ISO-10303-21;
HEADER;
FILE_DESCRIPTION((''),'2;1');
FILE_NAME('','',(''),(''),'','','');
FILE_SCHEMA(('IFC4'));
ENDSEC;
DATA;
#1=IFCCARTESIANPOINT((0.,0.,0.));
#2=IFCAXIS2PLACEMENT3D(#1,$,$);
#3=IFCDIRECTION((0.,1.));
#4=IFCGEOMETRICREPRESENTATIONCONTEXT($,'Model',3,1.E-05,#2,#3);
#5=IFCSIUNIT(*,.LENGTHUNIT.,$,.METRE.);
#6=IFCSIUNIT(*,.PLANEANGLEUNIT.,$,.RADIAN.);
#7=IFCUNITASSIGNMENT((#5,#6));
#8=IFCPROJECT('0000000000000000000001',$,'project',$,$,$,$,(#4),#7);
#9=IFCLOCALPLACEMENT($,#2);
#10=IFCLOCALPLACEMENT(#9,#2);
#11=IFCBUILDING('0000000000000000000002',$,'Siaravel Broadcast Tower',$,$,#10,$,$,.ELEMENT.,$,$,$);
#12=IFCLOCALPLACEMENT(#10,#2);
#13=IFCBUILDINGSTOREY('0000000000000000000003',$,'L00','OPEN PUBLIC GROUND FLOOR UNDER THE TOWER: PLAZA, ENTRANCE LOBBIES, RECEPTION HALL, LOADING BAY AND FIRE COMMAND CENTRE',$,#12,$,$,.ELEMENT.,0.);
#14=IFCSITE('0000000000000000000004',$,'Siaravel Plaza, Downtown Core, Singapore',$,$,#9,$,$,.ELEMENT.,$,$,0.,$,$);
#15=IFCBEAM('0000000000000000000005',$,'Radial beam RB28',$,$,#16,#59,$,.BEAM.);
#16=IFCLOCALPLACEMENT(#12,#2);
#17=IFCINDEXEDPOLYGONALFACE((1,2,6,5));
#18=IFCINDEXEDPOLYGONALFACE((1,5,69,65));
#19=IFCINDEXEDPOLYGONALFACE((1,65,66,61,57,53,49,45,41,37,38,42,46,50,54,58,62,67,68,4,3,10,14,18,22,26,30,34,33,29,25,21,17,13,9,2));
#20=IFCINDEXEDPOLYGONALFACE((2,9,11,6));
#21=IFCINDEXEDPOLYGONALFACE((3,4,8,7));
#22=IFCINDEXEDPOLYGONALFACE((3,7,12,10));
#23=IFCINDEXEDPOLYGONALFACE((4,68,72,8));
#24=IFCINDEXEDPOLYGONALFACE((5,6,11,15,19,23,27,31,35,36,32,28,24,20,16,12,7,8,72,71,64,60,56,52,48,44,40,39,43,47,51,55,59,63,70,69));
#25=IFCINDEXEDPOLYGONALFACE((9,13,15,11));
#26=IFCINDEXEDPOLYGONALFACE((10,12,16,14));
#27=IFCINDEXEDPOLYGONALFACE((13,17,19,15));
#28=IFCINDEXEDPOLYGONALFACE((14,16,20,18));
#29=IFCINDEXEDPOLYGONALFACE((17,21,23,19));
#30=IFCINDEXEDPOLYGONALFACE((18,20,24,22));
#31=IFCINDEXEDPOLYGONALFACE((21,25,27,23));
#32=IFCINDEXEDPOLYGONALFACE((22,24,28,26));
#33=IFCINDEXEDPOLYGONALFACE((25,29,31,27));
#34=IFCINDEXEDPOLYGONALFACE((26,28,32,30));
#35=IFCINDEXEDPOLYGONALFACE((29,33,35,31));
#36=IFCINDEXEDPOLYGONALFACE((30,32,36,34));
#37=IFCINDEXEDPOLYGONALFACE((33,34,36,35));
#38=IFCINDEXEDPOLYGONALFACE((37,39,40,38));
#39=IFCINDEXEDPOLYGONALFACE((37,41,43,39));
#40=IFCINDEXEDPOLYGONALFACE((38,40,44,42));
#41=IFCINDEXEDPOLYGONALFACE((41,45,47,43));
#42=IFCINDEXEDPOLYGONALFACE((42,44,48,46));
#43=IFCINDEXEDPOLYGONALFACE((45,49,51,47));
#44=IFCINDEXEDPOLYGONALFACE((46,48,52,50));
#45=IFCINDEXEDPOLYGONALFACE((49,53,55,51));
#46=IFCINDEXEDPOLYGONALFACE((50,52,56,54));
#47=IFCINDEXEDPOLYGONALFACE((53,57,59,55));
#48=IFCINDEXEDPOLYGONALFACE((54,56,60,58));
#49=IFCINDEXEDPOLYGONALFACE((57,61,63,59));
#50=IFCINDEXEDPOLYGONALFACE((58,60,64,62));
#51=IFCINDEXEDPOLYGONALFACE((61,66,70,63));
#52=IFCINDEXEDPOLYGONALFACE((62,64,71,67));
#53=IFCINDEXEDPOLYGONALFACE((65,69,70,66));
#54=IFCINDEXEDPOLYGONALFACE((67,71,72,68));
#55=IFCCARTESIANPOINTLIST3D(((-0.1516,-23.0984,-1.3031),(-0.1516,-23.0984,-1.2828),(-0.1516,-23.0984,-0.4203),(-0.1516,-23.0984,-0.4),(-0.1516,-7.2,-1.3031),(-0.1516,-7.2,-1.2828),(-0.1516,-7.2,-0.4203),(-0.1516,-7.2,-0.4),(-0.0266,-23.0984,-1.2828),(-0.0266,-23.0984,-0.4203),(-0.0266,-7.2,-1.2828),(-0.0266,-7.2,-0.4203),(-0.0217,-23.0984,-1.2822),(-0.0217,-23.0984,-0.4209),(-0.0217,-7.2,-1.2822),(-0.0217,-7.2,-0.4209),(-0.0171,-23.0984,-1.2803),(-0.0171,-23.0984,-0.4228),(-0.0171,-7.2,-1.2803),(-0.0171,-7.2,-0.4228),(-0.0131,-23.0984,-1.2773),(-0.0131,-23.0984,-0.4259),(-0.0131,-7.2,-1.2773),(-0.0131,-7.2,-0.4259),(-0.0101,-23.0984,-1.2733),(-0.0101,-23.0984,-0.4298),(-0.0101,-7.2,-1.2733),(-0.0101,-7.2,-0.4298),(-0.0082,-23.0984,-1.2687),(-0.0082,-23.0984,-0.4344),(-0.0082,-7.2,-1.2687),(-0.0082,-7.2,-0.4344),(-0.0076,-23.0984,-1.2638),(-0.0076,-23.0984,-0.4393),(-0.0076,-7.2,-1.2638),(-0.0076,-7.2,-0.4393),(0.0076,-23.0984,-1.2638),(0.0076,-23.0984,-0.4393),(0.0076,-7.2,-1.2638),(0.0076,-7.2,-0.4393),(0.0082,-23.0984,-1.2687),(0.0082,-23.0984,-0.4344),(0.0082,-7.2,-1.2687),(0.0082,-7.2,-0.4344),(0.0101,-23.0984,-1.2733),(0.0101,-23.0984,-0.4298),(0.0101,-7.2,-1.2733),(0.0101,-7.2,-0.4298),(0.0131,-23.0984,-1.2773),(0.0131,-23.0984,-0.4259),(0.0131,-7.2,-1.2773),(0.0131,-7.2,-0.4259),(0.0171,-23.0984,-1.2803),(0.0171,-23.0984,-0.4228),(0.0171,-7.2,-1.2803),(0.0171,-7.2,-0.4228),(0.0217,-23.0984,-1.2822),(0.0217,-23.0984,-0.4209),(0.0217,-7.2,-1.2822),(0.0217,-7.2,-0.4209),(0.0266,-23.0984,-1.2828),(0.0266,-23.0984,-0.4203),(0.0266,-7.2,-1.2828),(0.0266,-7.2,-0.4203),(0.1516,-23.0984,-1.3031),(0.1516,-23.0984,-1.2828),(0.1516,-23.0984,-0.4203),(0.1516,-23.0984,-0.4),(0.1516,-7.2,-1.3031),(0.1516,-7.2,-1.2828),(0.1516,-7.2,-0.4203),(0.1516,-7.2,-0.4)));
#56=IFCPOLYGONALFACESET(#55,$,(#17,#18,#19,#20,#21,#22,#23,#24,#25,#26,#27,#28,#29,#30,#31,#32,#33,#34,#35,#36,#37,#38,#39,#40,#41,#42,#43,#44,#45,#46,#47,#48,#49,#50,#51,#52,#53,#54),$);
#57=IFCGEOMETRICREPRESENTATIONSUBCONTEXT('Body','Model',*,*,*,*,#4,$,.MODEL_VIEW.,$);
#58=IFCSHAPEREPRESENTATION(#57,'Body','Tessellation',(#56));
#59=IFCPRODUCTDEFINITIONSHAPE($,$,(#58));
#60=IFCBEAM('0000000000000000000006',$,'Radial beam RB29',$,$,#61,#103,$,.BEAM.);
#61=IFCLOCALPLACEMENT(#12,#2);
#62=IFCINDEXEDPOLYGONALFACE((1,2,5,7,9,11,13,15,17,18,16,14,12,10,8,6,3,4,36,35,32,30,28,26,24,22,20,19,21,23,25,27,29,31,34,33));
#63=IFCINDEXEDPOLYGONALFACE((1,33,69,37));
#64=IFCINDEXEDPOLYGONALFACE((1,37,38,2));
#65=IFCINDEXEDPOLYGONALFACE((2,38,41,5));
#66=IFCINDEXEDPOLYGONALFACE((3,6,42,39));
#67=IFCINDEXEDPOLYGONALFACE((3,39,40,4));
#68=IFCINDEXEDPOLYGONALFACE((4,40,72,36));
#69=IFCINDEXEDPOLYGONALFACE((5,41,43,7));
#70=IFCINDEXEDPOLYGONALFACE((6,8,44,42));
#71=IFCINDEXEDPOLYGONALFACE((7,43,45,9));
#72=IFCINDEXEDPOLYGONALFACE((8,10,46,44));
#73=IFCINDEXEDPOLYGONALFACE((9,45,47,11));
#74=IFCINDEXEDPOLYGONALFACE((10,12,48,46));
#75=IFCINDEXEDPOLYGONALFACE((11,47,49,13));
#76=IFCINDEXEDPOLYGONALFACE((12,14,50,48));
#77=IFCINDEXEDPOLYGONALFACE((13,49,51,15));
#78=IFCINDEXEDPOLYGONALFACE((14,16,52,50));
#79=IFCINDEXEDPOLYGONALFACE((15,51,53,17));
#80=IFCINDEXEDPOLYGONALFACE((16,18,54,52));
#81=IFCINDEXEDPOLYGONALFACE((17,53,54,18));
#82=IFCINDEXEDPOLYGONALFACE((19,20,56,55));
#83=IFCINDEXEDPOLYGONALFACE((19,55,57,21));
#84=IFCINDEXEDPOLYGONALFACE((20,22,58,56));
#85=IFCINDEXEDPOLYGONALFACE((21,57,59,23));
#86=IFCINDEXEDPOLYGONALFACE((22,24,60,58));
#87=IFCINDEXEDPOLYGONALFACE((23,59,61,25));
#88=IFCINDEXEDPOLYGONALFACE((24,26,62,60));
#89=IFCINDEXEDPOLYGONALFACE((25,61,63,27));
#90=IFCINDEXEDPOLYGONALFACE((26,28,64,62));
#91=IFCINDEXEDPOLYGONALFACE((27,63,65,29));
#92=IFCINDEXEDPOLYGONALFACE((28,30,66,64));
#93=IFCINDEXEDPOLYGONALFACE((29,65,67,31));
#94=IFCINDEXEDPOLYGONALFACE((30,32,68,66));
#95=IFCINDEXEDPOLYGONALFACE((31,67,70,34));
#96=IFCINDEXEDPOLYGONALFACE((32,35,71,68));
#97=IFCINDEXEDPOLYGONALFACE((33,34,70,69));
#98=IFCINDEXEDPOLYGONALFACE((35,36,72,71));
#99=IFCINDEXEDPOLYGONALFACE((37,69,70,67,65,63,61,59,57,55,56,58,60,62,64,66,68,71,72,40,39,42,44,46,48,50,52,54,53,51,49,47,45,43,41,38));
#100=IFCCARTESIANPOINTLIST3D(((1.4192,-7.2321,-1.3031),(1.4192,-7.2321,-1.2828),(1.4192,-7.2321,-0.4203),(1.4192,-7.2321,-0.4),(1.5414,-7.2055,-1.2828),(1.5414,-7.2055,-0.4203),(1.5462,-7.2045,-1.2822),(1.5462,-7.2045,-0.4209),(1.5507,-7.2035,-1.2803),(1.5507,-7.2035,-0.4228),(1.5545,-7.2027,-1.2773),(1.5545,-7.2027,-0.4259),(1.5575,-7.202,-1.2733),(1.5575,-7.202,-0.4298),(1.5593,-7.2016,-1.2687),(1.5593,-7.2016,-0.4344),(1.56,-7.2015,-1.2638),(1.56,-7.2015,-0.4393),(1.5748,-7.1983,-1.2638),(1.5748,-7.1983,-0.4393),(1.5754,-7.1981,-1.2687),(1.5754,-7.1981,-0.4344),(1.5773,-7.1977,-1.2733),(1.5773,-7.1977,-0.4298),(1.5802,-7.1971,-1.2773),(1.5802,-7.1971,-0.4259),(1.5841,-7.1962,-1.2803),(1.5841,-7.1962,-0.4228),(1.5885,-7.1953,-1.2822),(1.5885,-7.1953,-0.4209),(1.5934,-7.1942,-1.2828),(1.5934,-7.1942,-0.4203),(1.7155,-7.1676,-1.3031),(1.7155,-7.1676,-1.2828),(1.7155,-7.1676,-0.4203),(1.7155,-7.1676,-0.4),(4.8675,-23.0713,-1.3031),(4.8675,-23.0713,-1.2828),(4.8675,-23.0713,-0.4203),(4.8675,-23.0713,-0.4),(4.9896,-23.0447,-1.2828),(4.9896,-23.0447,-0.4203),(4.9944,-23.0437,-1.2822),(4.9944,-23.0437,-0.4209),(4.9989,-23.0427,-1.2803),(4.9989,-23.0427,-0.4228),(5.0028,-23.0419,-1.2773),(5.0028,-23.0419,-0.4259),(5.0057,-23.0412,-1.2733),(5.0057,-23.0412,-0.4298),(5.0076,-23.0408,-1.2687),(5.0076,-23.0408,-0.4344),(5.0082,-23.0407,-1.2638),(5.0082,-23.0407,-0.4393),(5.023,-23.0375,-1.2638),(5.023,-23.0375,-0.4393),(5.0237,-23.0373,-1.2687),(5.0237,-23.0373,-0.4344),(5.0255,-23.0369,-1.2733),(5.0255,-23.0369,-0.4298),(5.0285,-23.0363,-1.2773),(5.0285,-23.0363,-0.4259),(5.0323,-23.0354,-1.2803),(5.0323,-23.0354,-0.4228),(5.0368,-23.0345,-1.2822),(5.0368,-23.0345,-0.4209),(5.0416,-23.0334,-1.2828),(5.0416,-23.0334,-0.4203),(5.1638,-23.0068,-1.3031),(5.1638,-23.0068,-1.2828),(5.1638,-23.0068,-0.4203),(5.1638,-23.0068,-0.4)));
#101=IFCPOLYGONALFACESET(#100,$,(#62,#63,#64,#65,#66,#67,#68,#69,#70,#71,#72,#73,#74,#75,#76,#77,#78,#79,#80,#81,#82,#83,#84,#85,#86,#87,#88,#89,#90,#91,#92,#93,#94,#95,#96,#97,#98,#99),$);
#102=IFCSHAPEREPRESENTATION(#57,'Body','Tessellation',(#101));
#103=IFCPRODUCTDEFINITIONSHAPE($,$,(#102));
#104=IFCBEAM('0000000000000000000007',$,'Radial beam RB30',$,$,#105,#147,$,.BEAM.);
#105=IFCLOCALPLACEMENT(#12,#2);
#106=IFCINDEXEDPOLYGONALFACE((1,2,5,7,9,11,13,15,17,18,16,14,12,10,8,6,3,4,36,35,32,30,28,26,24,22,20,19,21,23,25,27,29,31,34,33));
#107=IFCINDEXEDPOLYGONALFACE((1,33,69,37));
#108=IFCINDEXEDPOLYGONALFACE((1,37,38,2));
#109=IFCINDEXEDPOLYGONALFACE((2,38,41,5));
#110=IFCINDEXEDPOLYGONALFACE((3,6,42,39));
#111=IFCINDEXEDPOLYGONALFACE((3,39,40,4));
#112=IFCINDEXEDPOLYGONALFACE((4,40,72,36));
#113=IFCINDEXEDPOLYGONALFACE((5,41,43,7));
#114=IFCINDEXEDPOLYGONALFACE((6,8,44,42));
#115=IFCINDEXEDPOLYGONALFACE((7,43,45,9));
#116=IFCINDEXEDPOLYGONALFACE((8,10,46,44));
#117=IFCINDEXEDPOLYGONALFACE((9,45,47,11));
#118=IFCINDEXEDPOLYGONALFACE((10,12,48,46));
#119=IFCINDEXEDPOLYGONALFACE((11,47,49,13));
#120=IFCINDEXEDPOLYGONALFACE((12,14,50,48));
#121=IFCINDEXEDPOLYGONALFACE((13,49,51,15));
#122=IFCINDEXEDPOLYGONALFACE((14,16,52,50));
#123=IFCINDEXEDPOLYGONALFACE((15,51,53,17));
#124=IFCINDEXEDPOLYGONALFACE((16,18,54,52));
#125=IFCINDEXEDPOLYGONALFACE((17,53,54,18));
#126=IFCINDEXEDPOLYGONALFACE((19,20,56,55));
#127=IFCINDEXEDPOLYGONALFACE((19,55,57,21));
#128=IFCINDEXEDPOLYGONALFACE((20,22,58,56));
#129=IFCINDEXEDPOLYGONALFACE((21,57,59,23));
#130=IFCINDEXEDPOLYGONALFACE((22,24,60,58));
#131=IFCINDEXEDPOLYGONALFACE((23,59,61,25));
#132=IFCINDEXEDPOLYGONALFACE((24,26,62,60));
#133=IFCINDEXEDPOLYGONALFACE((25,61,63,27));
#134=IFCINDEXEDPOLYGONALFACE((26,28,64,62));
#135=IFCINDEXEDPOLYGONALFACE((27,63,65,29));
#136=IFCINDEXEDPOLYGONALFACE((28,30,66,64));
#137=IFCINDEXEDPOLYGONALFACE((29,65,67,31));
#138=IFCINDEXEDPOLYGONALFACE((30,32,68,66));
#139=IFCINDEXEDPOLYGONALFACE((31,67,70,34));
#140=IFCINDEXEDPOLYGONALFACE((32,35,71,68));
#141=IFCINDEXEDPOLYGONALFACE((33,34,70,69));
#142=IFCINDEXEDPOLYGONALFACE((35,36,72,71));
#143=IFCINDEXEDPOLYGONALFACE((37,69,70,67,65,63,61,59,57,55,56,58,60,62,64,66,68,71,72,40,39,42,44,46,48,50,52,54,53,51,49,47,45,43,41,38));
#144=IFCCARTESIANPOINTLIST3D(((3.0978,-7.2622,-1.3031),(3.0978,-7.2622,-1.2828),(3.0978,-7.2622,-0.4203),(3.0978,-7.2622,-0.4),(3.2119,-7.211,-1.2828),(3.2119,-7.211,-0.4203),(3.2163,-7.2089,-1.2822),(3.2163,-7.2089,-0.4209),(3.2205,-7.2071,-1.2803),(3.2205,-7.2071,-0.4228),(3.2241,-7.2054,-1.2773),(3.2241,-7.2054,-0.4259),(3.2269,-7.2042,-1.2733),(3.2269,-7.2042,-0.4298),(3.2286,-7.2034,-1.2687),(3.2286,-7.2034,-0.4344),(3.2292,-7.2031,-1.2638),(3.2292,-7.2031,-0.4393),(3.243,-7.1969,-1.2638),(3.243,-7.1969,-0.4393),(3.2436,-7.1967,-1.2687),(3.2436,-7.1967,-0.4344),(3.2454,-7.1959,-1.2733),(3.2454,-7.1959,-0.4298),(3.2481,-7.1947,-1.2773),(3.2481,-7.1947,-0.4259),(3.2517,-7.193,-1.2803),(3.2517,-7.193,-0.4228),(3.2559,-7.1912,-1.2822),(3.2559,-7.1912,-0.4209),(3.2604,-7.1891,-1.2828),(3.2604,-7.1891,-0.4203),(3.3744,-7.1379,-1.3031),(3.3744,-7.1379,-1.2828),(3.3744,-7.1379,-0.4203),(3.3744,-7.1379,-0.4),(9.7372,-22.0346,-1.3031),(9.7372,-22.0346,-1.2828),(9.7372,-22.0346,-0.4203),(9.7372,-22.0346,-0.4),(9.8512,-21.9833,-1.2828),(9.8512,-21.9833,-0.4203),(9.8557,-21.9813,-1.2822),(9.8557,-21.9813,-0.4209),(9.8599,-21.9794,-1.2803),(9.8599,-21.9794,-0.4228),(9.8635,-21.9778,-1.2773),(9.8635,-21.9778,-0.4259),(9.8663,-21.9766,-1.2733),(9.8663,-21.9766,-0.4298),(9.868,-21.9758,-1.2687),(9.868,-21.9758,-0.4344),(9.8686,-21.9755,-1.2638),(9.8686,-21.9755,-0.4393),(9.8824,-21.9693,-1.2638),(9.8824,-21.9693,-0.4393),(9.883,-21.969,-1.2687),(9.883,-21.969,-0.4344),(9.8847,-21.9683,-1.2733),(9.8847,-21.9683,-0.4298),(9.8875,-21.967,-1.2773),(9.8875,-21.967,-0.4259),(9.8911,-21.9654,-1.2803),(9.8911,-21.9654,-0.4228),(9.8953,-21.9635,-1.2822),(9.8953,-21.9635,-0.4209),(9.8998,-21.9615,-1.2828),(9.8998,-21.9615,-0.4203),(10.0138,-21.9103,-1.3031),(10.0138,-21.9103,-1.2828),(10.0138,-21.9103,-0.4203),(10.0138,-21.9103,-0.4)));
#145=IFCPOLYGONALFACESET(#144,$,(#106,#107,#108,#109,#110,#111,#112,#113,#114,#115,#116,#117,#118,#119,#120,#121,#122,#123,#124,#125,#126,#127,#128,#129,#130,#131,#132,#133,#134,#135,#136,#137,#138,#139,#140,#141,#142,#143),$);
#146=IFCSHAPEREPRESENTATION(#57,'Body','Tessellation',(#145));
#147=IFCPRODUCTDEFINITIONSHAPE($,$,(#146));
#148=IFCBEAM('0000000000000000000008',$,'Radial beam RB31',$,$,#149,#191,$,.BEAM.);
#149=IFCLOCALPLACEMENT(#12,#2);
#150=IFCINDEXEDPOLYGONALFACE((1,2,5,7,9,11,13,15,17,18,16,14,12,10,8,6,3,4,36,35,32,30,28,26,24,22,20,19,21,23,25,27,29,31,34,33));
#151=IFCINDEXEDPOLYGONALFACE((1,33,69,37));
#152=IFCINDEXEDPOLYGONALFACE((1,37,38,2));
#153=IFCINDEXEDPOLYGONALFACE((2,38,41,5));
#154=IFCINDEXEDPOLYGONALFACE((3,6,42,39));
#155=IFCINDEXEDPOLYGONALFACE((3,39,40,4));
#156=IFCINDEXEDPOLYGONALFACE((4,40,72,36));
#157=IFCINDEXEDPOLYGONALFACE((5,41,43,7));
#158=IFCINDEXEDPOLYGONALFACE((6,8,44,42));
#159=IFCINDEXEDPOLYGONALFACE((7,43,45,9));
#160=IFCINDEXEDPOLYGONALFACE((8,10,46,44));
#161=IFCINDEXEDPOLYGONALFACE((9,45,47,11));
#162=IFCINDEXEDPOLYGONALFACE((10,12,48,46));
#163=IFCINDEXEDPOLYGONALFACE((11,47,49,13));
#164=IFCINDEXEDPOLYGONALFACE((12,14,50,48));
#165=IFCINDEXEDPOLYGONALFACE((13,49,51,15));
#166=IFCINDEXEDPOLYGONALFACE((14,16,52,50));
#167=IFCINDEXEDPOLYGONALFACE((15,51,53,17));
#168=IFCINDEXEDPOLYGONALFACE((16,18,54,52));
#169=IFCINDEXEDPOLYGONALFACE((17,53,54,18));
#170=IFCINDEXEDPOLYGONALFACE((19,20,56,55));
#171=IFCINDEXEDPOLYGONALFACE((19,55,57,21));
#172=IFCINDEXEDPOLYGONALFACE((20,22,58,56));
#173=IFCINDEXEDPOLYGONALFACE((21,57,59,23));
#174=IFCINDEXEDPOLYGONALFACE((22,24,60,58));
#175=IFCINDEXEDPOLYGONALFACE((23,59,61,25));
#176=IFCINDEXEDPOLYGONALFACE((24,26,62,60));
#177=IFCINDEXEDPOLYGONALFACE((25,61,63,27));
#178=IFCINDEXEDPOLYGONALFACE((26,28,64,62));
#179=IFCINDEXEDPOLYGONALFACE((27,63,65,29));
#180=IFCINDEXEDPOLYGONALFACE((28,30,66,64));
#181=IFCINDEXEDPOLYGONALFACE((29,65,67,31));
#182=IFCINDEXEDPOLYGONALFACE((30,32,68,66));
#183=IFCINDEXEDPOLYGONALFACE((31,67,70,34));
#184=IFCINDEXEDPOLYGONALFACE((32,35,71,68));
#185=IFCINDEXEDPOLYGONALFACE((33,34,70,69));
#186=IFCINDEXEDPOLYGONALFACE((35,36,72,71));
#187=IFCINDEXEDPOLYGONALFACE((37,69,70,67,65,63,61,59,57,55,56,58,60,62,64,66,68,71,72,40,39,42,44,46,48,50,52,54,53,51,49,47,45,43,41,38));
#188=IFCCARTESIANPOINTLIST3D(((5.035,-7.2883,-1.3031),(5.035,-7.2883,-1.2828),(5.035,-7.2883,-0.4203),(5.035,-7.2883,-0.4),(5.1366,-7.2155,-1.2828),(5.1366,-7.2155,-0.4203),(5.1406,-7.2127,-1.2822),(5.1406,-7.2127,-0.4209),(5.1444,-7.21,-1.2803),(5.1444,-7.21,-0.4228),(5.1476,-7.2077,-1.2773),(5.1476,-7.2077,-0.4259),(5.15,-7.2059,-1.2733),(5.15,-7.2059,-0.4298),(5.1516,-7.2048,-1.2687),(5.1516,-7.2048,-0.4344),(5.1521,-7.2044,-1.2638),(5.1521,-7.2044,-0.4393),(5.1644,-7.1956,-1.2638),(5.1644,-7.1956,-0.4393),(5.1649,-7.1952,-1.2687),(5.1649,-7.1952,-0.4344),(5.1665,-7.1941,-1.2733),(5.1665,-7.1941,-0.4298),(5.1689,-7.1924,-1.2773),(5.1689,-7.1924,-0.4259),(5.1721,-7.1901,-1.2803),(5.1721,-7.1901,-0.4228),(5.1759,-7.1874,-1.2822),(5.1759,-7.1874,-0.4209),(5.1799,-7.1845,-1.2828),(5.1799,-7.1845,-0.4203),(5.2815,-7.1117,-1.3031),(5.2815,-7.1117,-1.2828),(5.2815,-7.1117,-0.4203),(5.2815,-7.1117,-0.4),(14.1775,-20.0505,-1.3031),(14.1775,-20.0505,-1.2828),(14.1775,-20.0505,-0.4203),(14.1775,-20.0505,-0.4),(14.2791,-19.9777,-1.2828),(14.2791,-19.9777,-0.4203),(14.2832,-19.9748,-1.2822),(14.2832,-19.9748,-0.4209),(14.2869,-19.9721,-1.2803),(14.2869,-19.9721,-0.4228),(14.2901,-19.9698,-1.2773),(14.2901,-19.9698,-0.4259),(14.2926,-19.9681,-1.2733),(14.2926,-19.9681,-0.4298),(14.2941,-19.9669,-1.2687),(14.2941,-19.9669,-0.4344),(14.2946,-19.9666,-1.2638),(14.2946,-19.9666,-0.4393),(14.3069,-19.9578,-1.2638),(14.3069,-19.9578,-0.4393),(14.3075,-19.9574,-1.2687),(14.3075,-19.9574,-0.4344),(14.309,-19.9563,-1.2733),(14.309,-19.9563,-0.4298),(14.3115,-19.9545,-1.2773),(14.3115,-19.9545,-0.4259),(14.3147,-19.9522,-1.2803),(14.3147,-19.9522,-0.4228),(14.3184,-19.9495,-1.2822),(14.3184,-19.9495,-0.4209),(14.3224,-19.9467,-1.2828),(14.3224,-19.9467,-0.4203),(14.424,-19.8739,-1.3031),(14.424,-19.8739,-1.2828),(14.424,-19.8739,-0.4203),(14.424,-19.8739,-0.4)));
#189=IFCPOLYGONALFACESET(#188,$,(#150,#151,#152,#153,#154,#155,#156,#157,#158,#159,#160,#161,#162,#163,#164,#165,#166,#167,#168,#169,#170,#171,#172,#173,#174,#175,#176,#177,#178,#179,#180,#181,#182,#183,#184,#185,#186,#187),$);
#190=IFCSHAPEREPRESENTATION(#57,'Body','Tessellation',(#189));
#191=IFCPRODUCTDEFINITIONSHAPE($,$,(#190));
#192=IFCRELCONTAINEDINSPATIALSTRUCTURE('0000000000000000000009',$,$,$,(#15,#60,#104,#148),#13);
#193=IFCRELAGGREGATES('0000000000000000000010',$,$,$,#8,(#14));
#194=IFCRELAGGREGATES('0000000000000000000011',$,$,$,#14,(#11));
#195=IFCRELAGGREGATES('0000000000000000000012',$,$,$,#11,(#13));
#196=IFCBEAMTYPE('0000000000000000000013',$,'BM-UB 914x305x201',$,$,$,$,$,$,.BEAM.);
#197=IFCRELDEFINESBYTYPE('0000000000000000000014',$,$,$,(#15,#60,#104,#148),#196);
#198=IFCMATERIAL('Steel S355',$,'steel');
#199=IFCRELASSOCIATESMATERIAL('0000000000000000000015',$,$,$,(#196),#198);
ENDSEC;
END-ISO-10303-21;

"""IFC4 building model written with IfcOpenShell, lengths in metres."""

from ifc_helpers import new_model, si_unit, direction, frame, origin, origin_2d, place, context, subcontext, project, spatial, i_section, extrude, material, material_profile, profile_set, type_object, element, save


model = new_model("IFC4")

# Units and contexts
model_context = context("Model", 3, precision=1e-05, world=origin(), true_north=direction((0.0, 1.0)))
body_context = subcontext(model_context, "Body", "Model", "MODEL_VIEW")
ifc_project = project(units=[si_unit("LENGTHUNIT", "METRE"), si_unit("PLANEANGLEUNIT", "RADIAN")], contexts=[model_context])

# Site, building, storey
site_placement = place(None, origin())
site = spatial("IfcSite", under=ifc_project, at=site_placement, Name="Siaravel Plaza, Downtown Core, Singapore", CompositionType="ELEMENT", RefElevation=0.0)
building_placement = place(site_placement, origin())
building = spatial("IfcBuilding", under=site, at=building_placement, Name="Siaravel Broadcast Tower", CompositionType="ELEMENT")
storey_placement = place(building_placement, origin())
storey = spatial("IfcBuildingStorey", under=building, at=storey_placement, Name="L00", Description="OPEN PUBLIC GROUND FLOOR UNDER THE TOWER: PLAZA, ENTRANCE LOBBIES, RECEPTION HALL, LOADING BAY AND FIRE COMMAND CENTRE", CompositionType="ELEMENT", Elevation=0.0)

# Shared definitions
ifc_material_1 = material(Name="Steel S355", Category="steel")

# Beams
ifc_material_profile_1 = material_profile(ifc_material_1, i_section(OverallWidth=0.3032, OverallDepth=0.9031, WebThickness=0.0151, FlangeThickness=0.0203, FilletRadius=0.019, at=origin_2d()))
ifc_profile_set_1 = profile_set([ifc_material_profile_1], Name="Steel S355")
beam_type = type_object("IfcBeamType", Name="BM-UB 914x305x201", PredefinedType="BEAM", material=ifc_profile_set_1)
beam_1_placement = place(storey_placement, frame((0.0, -23.0984, -0.8516), z_axis=(0.0, 1.0, 0.0), x_axis=(-1.0, 0.0, 0.0)))
element("IfcBeam", 1, at=beam_1_placement, inside=storey, type_object=beam_type, Name="Radial beam RB28", PredefinedType="BEAM", context=body_context, shape_type="SweptSolid", body=[
    extrude(i_section(OverallWidth=0.3032, OverallDepth=0.9031, WebThickness=0.0151, FlangeThickness=0.0203, FilletRadius=0.019, at=origin_2d()), origin(), (0.0, 0.0, 1.0), 15.8984),
])
beam_2_placement = place(storey_placement, frame((5.0156, -23.0391, -0.8516), z_axis=(-0.212722, 0.977113, 0.0), x_axis=(-0.977113, -0.212722, 0.0)))
element("IfcBeam", 2, at=beam_2_placement, inside=storey, type_object=beam_type, Name="Radial beam RB29", PredefinedType="BEAM", context=body_context, shape_type="SweptSolid", body=[
    extrude(i_section(OverallWidth=0.3032, OverallDepth=0.9031, WebThickness=0.0151, FlangeThickness=0.0203, FilletRadius=0.019, at=origin_2d()), origin(), (0.0, 0.0, 1.0), 16.2102),
])
beam_3_placement = place(storey_placement, frame((9.8755, -21.9724, -0.8516), z_axis=(-0.409943, 0.912111, 0.0), x_axis=(-0.912111, -0.409943, 0.0)))
element("IfcBeam", 3, at=beam_3_placement, inside=storey, type_object=beam_type, Name="Radial beam RB30", PredefinedType="BEAM", context=body_context, shape_type="SweptSolid", body=[
    extrude(i_section(OverallWidth=0.3032, OverallDepth=0.9031, WebThickness=0.0151, FlangeThickness=0.0203, FilletRadius=0.019, at=origin_2d()), origin(), (0.0, 0.0, 1.0), 16.1958),
])
beam_4_placement = place(storey_placement, frame((14.3008, -19.9622, -0.8516), z_axis=(-0.582364, 0.812928, 0.0), x_axis=(-0.812928, -0.582364, 0.0)))
element("IfcBeam", 4, at=beam_4_placement, inside=storey, type_object=beam_type, Name="Radial beam RB31", PredefinedType="BEAM", context=body_context, shape_type="SweptSolid", body=[
    extrude(i_section(OverallWidth=0.3032, OverallDepth=0.9031, WebThickness=0.0151, FlangeThickness=0.0203, FilletRadius=0.019, at=origin_2d()), origin(), (0.0, 0.0, 1.0), 15.699),
])

save(model, "model.ifc")
